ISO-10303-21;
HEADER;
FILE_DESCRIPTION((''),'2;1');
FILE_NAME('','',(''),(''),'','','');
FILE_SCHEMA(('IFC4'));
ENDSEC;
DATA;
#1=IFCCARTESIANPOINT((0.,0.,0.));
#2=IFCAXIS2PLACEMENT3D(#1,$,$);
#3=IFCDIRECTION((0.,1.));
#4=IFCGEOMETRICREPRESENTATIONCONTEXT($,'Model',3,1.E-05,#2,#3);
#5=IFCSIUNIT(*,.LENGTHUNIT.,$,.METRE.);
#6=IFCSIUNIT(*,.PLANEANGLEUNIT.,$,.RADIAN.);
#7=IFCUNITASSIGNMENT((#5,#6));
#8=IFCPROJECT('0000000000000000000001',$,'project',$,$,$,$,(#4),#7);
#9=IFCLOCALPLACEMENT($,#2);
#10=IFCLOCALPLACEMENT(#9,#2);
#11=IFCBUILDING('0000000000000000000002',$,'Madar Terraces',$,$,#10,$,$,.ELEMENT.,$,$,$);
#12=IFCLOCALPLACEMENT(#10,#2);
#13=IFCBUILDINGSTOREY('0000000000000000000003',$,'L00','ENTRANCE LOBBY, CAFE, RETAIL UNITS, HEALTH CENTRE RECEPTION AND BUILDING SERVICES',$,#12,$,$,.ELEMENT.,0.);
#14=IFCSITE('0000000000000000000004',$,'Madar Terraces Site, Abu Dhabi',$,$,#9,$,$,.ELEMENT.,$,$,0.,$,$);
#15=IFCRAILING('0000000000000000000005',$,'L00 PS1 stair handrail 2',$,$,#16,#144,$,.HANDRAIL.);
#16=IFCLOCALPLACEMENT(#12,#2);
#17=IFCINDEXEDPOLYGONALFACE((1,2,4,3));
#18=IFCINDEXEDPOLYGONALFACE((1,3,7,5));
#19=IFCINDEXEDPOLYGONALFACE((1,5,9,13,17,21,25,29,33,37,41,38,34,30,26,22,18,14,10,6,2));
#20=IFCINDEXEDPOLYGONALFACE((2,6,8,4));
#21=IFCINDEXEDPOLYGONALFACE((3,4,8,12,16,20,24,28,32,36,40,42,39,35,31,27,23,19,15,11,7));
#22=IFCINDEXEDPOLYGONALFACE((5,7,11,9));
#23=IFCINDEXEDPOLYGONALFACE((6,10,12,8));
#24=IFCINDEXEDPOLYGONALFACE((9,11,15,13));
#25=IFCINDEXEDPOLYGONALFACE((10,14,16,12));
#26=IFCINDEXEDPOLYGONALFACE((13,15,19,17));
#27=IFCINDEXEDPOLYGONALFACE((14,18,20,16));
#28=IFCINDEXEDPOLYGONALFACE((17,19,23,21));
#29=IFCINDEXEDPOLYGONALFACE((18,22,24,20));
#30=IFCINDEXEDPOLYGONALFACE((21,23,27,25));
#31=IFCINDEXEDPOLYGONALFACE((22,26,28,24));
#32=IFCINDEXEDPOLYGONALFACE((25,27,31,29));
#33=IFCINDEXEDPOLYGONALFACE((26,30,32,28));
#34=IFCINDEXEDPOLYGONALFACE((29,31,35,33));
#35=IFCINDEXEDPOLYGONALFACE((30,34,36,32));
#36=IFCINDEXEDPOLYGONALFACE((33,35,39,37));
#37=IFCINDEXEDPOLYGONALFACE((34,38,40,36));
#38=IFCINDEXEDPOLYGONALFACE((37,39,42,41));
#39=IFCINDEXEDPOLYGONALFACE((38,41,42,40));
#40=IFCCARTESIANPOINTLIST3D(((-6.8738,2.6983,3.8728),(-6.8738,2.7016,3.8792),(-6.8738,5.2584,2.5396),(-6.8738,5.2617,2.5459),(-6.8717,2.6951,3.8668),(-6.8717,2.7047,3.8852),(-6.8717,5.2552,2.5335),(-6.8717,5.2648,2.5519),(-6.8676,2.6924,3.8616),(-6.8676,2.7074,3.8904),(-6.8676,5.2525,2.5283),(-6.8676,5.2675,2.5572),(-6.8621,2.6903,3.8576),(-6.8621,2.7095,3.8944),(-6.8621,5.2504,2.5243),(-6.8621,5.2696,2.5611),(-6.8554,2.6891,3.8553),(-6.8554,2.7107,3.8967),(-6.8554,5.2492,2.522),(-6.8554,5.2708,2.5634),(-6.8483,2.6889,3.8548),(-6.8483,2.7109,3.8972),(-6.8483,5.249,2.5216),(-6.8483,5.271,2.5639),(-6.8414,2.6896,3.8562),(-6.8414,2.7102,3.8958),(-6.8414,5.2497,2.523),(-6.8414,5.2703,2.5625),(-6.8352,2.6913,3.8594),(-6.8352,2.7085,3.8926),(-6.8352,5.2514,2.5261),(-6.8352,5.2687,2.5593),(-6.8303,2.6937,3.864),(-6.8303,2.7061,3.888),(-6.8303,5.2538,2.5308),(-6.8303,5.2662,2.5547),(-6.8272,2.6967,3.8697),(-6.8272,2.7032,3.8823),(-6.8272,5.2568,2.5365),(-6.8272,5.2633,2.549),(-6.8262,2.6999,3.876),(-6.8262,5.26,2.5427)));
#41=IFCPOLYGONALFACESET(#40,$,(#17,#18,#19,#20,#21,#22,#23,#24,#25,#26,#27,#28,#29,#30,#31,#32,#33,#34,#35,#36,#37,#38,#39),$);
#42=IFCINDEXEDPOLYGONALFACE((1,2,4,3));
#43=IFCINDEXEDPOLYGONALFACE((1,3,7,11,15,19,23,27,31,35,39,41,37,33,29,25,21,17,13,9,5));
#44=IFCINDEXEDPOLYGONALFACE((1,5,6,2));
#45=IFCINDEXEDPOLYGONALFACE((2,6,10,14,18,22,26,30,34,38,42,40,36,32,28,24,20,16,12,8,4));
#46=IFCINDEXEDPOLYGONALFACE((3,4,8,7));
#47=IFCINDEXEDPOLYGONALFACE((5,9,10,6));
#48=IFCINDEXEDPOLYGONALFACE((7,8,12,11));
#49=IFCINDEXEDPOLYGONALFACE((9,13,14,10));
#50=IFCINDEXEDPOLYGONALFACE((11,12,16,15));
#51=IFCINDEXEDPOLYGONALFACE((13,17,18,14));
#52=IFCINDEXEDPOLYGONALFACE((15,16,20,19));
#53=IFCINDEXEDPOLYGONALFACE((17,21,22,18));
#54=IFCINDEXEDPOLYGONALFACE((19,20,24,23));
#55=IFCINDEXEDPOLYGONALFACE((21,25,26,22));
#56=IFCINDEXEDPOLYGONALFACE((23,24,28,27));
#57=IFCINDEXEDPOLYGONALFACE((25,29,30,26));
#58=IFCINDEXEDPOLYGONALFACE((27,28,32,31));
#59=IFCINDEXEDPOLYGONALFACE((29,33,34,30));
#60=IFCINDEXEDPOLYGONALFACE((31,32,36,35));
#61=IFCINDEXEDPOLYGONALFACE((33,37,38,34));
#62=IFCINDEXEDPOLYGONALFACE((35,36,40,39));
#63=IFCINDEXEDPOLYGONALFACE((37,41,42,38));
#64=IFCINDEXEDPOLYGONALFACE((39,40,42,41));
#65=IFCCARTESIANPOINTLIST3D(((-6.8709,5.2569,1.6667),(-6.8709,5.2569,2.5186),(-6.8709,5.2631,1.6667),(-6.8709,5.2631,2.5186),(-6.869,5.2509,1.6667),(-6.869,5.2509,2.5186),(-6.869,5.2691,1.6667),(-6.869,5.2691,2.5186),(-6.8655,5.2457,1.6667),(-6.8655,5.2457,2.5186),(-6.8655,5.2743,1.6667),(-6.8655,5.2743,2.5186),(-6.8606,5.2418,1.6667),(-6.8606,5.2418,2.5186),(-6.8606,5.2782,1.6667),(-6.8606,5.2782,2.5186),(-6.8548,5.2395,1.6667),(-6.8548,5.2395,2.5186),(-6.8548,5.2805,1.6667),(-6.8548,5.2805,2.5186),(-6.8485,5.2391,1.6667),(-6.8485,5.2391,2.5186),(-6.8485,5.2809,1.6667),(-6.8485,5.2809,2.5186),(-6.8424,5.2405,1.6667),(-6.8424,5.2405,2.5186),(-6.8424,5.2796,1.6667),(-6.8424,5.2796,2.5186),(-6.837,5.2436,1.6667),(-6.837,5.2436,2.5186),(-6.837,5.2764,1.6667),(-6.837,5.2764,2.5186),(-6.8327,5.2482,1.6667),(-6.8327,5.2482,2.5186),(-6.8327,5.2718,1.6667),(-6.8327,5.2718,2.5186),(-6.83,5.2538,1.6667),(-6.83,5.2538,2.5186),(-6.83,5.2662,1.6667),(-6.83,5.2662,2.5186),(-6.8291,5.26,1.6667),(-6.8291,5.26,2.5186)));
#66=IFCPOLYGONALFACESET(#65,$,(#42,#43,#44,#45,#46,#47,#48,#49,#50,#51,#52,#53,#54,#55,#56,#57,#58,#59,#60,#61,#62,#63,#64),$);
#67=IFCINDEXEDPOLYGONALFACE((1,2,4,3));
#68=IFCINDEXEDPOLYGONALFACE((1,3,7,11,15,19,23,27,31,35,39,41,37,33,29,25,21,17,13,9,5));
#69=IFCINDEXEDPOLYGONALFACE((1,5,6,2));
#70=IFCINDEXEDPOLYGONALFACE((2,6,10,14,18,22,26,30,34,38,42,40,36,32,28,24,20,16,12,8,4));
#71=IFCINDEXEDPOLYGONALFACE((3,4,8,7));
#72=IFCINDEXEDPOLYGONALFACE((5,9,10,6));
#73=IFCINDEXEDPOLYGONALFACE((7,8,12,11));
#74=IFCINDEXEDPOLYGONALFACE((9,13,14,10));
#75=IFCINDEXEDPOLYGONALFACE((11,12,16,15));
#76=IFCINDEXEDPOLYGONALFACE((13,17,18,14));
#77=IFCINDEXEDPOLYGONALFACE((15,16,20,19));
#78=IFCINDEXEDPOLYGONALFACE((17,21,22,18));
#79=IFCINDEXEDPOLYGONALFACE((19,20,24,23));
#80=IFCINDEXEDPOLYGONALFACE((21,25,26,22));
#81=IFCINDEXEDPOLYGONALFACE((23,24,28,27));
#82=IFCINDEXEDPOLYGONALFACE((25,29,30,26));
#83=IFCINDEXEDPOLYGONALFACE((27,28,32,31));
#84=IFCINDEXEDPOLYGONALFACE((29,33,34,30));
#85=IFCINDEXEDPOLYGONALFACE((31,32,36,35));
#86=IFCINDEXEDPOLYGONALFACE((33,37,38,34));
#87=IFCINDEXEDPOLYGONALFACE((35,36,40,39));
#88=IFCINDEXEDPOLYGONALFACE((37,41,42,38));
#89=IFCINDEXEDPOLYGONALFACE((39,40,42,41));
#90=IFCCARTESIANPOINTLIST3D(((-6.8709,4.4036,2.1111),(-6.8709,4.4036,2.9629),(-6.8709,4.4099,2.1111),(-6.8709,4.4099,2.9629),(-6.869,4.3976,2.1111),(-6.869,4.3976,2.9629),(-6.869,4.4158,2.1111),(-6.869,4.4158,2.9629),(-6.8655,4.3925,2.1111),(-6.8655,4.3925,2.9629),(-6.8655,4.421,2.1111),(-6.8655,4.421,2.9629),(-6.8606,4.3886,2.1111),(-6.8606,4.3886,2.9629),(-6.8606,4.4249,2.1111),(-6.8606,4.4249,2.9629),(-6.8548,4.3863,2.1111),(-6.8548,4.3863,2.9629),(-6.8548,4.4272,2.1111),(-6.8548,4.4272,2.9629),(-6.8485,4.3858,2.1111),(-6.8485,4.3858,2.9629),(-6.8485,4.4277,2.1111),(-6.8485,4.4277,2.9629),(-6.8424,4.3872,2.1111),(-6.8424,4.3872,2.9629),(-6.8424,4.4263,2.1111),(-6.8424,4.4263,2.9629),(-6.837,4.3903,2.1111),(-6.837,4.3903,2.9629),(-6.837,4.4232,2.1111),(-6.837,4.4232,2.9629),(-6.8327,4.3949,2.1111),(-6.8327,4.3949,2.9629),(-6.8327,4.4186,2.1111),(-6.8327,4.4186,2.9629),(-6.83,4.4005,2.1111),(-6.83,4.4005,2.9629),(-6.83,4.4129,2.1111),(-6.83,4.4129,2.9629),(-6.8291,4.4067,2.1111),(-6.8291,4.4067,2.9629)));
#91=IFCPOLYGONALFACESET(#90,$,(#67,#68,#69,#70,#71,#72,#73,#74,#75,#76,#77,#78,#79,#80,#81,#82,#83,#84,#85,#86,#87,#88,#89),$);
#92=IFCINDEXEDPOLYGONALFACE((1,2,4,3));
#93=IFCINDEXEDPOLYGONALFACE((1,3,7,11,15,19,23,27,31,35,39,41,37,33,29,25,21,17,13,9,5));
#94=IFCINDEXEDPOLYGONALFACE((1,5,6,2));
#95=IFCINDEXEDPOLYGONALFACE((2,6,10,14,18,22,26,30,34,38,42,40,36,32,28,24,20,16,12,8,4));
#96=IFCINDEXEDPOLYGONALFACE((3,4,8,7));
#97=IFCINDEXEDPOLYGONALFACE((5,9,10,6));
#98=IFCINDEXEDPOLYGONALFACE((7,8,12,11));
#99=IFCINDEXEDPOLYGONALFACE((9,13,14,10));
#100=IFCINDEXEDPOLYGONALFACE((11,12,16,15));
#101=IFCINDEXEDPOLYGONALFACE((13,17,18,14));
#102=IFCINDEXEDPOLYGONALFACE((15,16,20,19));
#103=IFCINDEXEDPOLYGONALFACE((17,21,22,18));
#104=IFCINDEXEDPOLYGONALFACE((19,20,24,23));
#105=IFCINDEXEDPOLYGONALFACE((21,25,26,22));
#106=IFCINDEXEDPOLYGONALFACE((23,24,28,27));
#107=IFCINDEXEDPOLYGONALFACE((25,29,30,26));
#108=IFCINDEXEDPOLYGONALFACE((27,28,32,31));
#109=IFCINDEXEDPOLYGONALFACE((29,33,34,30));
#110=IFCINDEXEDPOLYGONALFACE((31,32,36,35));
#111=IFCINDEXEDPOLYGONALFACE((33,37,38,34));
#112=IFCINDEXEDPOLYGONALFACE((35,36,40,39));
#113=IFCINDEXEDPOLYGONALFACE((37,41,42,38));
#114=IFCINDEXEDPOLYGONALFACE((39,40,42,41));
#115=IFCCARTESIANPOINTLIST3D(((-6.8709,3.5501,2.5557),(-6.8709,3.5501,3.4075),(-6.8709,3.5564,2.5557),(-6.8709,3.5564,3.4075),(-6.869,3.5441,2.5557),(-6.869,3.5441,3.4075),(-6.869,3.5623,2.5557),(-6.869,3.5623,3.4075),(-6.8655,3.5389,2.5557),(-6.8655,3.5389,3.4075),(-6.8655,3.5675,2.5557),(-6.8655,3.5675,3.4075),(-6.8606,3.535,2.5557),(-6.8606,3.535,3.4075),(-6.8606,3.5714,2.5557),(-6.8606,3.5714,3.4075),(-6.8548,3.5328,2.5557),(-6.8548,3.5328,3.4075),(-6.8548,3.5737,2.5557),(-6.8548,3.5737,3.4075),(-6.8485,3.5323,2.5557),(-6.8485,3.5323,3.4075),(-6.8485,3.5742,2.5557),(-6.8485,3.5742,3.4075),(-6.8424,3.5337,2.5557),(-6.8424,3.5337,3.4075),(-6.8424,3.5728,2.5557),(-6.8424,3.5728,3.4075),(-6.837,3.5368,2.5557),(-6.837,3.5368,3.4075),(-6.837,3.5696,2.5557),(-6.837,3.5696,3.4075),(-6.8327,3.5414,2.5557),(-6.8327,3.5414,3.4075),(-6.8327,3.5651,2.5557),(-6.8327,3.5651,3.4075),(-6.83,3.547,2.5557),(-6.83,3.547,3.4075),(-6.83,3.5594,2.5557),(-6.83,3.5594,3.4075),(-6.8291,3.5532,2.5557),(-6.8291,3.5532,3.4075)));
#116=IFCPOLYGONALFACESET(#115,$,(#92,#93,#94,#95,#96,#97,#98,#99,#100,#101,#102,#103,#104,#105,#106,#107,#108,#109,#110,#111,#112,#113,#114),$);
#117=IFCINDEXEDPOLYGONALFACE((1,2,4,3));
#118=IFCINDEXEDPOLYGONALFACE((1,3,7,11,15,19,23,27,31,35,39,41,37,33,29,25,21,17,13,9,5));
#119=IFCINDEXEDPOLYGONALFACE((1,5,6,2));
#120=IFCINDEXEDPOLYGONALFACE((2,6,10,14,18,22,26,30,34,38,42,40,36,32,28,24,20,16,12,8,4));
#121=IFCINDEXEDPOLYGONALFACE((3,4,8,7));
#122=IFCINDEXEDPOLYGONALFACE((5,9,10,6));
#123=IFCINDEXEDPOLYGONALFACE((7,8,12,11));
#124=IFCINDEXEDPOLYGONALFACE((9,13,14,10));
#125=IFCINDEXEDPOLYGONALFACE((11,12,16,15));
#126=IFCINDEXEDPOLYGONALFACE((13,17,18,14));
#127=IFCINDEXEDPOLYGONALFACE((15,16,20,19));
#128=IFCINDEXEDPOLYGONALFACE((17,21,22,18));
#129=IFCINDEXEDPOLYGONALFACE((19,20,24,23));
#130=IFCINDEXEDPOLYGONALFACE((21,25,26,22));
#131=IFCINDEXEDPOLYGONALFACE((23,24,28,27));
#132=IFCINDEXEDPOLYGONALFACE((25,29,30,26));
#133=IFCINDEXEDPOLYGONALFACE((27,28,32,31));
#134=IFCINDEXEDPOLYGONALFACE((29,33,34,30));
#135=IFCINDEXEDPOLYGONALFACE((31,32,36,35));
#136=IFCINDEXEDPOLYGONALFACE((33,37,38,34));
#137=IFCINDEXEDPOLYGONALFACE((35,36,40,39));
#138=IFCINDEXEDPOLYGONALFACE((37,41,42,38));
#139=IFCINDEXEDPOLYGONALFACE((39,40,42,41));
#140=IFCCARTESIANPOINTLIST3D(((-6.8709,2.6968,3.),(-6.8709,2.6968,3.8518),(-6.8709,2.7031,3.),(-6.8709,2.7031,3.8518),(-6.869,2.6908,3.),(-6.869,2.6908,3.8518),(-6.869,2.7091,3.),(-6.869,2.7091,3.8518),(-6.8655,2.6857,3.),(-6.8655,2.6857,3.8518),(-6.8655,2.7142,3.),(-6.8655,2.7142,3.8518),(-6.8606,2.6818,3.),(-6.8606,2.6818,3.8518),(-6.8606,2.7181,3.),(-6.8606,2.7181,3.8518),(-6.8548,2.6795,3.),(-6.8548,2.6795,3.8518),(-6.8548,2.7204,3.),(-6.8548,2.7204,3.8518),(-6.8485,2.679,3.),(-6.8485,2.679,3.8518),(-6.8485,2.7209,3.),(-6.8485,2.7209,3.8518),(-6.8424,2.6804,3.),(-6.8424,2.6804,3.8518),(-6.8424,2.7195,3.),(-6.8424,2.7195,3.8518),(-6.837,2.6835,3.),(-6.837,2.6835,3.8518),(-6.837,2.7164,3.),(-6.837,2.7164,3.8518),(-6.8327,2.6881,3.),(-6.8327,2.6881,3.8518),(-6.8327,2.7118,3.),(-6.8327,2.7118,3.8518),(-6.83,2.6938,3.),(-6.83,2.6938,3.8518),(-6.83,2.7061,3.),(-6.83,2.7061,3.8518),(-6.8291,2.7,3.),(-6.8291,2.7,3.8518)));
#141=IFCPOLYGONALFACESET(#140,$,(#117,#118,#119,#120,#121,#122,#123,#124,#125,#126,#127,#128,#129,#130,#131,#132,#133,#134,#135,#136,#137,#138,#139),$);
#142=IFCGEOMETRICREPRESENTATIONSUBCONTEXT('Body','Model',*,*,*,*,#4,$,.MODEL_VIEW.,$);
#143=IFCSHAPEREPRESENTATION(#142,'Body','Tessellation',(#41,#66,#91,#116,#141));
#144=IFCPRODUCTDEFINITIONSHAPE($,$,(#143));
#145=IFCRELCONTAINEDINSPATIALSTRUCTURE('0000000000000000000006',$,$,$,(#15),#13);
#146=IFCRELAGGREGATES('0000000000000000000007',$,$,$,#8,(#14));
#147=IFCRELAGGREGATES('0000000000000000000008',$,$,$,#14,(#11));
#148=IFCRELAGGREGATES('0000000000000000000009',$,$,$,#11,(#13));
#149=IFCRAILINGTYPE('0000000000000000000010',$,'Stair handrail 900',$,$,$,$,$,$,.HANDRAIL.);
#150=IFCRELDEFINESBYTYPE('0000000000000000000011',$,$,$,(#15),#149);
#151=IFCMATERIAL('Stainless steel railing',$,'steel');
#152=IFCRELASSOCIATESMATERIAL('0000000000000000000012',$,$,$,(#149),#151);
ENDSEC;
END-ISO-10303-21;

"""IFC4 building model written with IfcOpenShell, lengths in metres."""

from ifc_helpers import new_model, si_unit, direction, frame, origin, origin_2d, place, context, subcontext, project, spatial, circle, extrude, material, type_object, element, save


model = new_model("IFC4")

# Units and contexts
model_context = context("Model", 3, precision=1e-05, world=origin(), true_north=direction((0.0, 1.0)))
body_context = subcontext(model_context, "Body", "Model", "MODEL_VIEW")
ifc_project = project(units=[si_unit("LENGTHUNIT", "METRE"), si_unit("PLANEANGLEUNIT", "RADIAN")], contexts=[model_context])

# Site, building, storey
site_placement = place(None, origin())
site = spatial("IfcSite", under=ifc_project, at=site_placement, Name="Madar Terraces Site, Abu Dhabi", CompositionType="ELEMENT", RefElevation=0.0)
building_placement = place(site_placement, origin())
building = spatial("IfcBuilding", under=site, at=building_placement, Name="Madar Terraces", CompositionType="ELEMENT")
storey_placement = place(building_placement, origin())
storey = spatial("IfcBuildingStorey", under=building, at=storey_placement, Name="L00", Description="ENTRANCE LOBBY, CAFE, RETAIL UNITS, HEALTH CENTRE RECEPTION AND BUILDING SERVICES", CompositionType="ELEMENT", Elevation=0.0)

# Railing
ifc_material_1 = material(Name="Stainless steel railing", Category="steel")
railing_type_1 = type_object("IfcRailingType", Name="Stair handrail 900", PredefinedType="HANDRAIL", material=ifc_material_1)
railing_1_placement = place(storey_placement, frame((-6.8501, 5.26, 1.6667)))
element("IfcRailing", 1, at=railing_1_placement, inside=storey, type_object=railing_type_1, Name="L00 PS1 stair handrail 2", PredefinedType="HANDRAIL", context=body_context, shape_type="SweptSolid", body=[
    extrude(circle(Radius=0.0239, at=origin_2d()), frame((0.0, 0.0, 0.876), z_axis=(0.0, -0.88693, 0.461904), x_axis=(1.0, 0.0, 0.0)), (0.0, 0.0, 1.0), 2.8865),
    extrude(circle(Radius=0.021, at=origin_2d()), origin(), (0.0, 0.0, 1.0), 0.8518),
    extrude(circle(Radius=0.021, at=origin_2d()), frame((0.0, -0.8533, 0.4443)), (0.0, 0.0, 1.0), 0.8518),
    extrude(circle(Radius=0.021, at=origin_2d()), frame((0.0, -1.7068, 0.8889)), (0.0, 0.0, 1.0), 0.8518),
    extrude(circle(Radius=0.021, at=origin_2d()), frame((0.0, -2.5601, 1.3333)), (0.0, 0.0, 1.0), 0.8518),
])

save(model, "model.ifc")
